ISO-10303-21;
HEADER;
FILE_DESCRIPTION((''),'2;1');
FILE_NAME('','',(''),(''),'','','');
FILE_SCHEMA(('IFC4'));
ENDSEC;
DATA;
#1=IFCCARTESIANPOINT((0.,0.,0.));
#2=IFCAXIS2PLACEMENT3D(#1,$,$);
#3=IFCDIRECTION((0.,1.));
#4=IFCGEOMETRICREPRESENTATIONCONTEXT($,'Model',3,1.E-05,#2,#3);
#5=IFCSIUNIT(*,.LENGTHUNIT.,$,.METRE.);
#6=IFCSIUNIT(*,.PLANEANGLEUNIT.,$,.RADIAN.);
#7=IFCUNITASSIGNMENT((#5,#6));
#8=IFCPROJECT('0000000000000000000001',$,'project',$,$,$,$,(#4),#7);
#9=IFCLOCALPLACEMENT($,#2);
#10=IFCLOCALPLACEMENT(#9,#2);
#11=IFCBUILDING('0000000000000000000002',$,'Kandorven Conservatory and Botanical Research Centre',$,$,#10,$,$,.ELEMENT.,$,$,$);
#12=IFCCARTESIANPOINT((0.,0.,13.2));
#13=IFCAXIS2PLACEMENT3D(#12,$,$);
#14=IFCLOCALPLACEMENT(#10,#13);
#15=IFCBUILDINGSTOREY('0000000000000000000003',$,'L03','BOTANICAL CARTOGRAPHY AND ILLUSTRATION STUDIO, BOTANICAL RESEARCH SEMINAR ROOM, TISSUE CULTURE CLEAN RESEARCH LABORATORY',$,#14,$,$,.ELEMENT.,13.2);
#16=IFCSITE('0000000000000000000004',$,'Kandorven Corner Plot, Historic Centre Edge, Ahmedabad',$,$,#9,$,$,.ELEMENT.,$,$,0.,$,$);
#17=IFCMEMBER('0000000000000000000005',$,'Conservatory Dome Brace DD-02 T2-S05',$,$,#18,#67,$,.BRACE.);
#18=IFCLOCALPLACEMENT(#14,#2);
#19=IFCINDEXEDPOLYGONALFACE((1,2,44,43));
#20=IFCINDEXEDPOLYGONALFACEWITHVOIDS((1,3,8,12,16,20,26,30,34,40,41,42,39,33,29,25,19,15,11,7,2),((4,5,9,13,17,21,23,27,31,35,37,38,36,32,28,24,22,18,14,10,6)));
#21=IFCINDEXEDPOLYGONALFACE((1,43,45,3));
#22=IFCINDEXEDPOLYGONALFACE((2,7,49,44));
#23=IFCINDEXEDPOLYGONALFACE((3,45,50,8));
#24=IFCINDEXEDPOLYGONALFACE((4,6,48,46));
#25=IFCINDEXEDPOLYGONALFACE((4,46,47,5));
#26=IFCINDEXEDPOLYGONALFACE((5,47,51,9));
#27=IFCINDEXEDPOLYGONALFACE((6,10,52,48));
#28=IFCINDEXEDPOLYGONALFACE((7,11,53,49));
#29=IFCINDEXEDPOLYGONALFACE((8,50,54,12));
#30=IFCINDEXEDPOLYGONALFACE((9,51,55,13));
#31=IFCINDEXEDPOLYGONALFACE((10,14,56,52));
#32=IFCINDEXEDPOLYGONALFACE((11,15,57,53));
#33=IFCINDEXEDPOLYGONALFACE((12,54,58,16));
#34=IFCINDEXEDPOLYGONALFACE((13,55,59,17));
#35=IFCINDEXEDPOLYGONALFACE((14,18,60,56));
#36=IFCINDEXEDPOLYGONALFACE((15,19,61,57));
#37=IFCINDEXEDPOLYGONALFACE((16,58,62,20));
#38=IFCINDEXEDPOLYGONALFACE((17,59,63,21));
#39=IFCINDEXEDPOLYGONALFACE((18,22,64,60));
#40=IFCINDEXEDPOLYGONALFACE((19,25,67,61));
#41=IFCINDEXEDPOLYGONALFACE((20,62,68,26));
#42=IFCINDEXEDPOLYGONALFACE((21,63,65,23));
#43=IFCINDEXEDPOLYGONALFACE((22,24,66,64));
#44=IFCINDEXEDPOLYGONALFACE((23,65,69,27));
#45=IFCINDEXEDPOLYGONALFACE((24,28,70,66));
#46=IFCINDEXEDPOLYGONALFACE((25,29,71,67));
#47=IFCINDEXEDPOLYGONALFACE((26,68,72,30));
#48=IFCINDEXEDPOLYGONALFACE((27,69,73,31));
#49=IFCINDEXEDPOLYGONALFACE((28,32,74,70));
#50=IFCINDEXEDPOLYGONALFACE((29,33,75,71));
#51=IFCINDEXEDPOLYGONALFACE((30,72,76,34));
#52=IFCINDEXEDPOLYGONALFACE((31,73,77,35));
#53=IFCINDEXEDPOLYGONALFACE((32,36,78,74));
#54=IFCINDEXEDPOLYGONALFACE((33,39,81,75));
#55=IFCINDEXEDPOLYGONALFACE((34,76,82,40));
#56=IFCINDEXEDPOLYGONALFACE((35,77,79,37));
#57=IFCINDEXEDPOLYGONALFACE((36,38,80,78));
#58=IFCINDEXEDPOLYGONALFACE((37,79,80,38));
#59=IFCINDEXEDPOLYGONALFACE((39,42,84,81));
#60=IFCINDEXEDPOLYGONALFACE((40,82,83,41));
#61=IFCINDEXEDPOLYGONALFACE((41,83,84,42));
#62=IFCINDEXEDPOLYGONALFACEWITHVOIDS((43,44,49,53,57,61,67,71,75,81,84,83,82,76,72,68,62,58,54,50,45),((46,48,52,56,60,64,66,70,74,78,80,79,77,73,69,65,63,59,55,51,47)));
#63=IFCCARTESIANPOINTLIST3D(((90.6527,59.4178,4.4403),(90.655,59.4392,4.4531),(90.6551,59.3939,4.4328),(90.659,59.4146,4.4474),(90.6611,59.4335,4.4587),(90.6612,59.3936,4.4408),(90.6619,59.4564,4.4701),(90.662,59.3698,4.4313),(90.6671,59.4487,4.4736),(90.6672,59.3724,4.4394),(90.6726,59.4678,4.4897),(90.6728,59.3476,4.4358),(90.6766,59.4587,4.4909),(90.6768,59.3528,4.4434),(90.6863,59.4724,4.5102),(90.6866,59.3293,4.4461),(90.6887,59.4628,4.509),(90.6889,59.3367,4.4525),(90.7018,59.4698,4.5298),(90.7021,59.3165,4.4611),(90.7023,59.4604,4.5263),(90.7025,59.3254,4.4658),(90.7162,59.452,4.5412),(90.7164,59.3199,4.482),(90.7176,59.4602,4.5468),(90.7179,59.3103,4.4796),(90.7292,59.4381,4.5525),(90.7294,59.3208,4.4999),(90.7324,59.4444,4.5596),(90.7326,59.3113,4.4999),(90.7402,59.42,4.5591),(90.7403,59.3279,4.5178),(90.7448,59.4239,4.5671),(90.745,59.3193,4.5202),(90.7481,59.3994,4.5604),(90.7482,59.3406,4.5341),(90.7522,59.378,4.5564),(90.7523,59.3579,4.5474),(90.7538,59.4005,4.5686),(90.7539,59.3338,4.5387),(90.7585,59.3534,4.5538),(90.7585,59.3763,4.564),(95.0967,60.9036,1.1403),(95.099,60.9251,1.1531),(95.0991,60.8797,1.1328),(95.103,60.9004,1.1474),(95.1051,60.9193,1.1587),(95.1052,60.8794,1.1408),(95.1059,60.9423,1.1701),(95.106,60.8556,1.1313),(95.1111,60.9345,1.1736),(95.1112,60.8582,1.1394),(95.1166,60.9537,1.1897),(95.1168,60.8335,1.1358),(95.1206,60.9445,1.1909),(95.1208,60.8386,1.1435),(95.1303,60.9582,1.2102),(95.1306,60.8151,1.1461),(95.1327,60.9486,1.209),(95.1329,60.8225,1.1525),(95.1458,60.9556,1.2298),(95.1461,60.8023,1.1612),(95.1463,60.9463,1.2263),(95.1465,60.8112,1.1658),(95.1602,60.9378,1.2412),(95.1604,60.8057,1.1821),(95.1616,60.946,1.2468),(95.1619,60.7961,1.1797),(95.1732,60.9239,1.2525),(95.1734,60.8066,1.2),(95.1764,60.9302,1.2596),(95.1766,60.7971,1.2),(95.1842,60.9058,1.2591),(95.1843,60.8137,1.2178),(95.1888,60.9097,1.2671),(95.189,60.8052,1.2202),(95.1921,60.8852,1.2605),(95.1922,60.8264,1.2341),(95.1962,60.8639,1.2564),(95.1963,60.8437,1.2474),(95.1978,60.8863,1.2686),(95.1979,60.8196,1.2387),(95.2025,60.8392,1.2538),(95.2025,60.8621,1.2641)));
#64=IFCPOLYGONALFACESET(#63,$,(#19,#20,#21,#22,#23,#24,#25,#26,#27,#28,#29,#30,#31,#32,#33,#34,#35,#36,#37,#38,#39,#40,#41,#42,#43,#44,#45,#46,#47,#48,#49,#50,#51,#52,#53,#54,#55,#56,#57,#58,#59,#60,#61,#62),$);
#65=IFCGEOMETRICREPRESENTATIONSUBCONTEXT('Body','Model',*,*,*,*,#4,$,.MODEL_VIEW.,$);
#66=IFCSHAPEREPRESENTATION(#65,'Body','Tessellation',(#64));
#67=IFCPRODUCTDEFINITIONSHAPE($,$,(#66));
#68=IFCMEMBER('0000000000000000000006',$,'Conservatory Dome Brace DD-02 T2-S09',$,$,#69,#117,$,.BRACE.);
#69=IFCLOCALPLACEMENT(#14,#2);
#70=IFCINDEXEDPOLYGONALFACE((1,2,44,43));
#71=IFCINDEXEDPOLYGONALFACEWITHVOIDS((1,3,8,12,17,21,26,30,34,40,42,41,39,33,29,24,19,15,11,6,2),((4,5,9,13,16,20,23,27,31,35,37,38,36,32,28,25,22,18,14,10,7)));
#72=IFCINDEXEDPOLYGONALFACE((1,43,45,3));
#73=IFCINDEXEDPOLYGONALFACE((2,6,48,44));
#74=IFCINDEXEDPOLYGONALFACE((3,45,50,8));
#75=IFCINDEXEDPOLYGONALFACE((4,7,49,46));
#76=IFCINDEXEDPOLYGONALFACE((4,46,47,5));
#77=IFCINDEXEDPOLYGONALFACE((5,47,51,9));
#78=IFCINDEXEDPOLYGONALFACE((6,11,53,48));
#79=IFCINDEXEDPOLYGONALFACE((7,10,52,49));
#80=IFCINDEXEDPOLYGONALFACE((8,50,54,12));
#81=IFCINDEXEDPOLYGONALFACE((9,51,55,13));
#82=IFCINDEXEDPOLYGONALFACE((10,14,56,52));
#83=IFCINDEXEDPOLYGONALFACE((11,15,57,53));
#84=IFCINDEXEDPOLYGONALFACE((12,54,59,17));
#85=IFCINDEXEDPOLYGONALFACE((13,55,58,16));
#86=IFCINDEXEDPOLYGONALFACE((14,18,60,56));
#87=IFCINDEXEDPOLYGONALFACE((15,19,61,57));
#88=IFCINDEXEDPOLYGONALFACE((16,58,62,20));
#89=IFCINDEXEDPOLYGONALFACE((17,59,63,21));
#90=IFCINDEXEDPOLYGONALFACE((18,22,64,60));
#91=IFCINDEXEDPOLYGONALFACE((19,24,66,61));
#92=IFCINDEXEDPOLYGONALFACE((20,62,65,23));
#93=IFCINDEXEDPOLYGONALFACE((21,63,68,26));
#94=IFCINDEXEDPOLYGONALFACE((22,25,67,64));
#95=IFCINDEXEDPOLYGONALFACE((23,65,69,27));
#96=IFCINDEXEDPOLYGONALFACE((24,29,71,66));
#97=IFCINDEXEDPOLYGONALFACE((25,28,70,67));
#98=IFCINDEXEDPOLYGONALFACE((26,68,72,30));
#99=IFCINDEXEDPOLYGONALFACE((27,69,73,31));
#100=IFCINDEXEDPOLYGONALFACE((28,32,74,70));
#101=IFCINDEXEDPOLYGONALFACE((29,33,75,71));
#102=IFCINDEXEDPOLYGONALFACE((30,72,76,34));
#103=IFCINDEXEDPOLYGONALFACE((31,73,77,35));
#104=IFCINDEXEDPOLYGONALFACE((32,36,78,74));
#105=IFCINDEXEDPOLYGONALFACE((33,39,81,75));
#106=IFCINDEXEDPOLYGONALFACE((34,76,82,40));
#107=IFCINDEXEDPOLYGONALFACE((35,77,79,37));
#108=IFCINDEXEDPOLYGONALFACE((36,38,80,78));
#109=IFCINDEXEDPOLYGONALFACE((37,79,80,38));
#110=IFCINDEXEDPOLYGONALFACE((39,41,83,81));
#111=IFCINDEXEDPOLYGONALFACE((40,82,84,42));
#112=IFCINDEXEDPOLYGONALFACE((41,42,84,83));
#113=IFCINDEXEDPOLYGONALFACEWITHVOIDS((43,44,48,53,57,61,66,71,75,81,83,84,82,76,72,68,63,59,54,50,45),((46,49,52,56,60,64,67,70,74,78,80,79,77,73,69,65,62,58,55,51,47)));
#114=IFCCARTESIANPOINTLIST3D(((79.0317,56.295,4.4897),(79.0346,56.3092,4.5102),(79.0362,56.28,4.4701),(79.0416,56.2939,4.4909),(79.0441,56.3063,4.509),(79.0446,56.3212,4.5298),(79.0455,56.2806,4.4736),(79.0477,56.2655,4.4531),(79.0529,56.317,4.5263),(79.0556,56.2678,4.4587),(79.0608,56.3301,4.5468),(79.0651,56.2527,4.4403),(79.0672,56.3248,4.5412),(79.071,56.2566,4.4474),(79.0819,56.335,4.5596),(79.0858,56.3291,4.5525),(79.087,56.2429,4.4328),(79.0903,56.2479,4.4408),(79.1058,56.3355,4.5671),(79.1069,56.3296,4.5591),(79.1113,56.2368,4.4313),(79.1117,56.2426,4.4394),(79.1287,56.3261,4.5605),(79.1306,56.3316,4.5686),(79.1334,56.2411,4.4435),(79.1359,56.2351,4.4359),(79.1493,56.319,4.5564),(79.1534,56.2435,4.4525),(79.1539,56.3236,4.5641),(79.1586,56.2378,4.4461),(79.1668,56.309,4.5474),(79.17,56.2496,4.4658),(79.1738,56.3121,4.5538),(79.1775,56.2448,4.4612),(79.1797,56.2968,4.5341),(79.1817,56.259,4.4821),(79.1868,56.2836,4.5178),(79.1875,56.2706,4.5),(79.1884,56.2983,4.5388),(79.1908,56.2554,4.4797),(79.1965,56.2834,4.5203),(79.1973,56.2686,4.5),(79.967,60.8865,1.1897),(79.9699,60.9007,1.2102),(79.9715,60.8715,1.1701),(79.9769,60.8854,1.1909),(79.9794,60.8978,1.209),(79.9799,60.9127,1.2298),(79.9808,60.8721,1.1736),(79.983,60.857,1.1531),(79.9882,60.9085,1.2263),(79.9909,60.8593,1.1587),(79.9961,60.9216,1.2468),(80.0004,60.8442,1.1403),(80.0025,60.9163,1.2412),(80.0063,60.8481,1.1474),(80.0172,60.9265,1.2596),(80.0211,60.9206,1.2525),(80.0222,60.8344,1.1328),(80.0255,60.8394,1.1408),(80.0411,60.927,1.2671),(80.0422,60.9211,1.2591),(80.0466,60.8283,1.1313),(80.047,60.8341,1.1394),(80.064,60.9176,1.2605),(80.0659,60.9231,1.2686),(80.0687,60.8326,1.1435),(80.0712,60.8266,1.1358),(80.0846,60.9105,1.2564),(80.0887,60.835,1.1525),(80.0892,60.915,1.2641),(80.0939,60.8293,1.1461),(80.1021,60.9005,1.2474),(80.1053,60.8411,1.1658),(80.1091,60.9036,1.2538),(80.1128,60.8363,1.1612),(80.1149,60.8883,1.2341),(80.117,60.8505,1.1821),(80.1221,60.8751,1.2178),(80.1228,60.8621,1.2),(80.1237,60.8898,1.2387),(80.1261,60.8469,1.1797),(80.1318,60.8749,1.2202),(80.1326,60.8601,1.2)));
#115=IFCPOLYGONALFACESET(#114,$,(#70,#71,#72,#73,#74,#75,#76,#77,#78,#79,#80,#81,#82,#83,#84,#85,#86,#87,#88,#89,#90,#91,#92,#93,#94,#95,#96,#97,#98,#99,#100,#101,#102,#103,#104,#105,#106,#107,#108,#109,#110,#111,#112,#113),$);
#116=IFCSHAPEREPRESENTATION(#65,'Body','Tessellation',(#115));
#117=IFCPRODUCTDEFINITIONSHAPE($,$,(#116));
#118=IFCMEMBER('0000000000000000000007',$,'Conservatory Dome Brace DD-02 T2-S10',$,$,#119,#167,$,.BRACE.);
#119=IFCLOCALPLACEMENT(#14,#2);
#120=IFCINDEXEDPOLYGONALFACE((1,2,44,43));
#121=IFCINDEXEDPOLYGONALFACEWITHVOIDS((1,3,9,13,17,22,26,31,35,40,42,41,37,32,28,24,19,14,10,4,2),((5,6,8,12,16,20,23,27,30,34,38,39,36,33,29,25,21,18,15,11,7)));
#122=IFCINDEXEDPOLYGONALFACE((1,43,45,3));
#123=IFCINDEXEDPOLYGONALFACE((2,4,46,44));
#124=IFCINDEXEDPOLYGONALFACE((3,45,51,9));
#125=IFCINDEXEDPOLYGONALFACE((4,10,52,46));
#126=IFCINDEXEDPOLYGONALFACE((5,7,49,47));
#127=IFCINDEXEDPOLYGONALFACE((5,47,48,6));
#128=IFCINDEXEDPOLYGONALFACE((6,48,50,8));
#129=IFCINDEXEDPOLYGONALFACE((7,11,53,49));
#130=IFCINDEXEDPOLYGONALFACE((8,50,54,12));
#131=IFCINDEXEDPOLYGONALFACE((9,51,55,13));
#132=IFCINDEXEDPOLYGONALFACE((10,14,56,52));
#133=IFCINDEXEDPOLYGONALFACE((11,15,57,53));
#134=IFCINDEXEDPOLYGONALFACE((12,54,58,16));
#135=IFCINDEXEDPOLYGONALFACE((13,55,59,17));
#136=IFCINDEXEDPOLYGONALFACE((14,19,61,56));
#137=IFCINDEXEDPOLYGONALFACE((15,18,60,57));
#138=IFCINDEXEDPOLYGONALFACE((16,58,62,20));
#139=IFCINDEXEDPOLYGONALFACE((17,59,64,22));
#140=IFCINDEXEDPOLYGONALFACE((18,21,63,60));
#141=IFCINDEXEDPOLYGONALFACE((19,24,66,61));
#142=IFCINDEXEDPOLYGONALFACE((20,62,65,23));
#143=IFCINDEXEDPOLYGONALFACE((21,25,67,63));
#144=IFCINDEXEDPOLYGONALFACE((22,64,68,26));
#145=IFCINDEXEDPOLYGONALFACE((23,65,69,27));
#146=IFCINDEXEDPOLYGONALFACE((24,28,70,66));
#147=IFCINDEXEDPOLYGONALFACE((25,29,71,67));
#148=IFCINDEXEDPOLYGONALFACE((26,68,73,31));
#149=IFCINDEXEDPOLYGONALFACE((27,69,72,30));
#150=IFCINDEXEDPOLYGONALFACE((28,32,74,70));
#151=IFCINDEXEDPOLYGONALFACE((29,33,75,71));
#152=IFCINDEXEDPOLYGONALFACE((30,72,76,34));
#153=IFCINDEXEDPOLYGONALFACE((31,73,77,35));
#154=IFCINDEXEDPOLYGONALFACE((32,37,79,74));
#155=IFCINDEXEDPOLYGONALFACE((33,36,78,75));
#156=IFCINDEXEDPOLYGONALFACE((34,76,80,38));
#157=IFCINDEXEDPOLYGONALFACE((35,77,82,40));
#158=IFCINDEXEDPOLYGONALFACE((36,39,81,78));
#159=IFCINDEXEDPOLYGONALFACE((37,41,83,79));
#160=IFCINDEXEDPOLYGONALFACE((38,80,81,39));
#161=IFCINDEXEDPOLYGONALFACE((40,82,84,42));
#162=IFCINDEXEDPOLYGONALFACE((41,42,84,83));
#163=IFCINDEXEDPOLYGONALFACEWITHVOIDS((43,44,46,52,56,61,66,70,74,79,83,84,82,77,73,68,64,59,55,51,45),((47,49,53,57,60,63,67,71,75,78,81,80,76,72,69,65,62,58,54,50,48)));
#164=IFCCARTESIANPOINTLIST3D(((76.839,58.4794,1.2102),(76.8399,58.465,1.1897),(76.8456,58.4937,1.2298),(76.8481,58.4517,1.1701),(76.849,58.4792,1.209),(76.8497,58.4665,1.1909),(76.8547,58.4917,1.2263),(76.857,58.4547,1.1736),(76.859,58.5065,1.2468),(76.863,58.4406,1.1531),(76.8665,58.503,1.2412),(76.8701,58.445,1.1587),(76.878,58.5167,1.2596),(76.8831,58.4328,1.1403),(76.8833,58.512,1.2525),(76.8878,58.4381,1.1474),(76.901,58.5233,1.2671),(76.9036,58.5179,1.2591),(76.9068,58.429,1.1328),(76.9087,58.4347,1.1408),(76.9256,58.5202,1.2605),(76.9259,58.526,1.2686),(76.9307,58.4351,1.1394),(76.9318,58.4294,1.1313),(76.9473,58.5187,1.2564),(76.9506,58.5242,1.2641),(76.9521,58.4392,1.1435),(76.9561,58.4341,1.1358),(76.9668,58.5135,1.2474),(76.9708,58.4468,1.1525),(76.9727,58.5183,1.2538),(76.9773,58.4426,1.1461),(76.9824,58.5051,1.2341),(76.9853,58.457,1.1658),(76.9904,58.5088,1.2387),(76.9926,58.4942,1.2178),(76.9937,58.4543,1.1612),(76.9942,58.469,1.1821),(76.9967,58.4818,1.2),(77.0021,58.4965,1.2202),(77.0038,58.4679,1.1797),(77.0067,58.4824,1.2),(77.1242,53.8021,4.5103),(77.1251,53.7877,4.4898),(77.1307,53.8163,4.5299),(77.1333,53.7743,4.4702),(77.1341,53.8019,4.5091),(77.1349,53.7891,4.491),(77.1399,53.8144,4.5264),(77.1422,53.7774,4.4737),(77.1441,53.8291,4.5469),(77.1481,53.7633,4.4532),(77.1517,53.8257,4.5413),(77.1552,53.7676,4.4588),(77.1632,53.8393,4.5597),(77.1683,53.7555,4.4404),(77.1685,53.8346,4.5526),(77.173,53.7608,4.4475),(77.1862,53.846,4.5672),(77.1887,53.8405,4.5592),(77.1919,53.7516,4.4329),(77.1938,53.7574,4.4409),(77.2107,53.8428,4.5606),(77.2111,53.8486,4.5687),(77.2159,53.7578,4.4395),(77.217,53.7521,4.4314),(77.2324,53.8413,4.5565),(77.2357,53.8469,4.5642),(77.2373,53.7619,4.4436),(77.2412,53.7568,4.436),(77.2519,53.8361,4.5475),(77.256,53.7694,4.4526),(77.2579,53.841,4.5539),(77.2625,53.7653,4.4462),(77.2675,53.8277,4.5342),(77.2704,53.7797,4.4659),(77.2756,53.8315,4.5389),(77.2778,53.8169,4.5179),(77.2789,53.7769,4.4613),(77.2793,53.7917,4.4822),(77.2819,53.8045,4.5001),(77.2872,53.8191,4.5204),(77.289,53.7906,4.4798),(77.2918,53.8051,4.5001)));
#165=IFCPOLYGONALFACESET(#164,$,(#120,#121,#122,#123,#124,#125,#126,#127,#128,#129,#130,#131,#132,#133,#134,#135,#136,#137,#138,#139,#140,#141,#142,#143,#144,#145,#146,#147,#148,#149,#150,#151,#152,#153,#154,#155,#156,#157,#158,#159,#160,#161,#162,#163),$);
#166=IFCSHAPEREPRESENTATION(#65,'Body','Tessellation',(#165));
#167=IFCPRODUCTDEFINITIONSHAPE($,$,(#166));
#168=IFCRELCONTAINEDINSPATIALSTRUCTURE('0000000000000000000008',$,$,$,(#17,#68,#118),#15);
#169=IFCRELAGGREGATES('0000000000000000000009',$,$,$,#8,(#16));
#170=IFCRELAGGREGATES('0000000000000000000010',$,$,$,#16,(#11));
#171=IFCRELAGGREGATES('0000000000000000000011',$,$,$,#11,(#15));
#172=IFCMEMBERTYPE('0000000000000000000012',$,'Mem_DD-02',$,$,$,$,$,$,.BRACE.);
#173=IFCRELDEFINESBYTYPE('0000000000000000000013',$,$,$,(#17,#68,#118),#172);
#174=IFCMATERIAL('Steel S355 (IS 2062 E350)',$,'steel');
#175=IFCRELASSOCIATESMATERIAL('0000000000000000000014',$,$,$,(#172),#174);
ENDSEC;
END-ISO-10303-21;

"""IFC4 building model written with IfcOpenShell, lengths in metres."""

from ifc_helpers import new_model, si_unit, direction, frame, origin, origin_2d, place, context, subcontext, project, spatial, hollow_circle, extrude, material, material_profile, profile_set, type_object, element, save


model = new_model("IFC4")

# Units and contexts
model_context = context("Model", 3, precision=1e-05, world=origin(), true_north=direction((0.0, 1.0)))
body_context = subcontext(model_context, "Body", "Model", "MODEL_VIEW")
ifc_project = project(units=[si_unit("LENGTHUNIT", "METRE"), si_unit("PLANEANGLEUNIT", "RADIAN")], contexts=[model_context])

# Site, building, storey
site_placement = place(None, origin())
site = spatial("IfcSite", under=ifc_project, at=site_placement, Name="Kandorven Corner Plot, Historic Centre Edge, Ahmedabad", CompositionType="ELEMENT", RefElevation=0.0)
building_placement = place(site_placement, origin())
building = spatial("IfcBuilding", under=site, at=building_placement, Name="Kandorven Conservatory and Botanical Research Centre", CompositionType="ELEMENT")
storey_placement = place(building_placement, frame((0.0, 0.0, 13.2)))
storey = spatial("IfcBuildingStorey", under=building, at=storey_placement, Name="L03", Description="BOTANICAL CARTOGRAPHY AND ILLUSTRATION STUDIO, BOTANICAL RESEARCH SEMINAR ROOM, TISSUE CULTURE CLEAN RESEARCH LABORATORY", CompositionType="ELEMENT", Elevation=13.2)

# Members
ifc_material_1 = material(Name="Steel S355 (IS 2062 E350)", Category="steel")
ifc_material_profile_1 = material_profile(ifc_material_1, hollow_circle(Radius=0.0842, WallThickness=0.01, at=origin_2d()))
ifc_profile_set_1 = profile_set([ifc_material_profile_1], Name="Steel S355 (IS 2062 E350)")
member_type_1 = type_object("IfcMemberType", Name="Mem_DD-02", PredefinedType="BRACE", material=ifc_profile_set_1)
for number, where, z_axis, x_axis, name in (
    (1, (95.1499, 60.877, 1.2), (-0.775405, -0.259249, 0.575792), (0.317087, -0.948396, 0.0), "Conservatory Dome Brace DD-02 T2-S05"),
    (2, (80.05, 60.877, 1.2), (-0.163193, -0.80114, 0.575797), (0.979877, -0.199602, 0.0), "Conservatory Dome Brace DD-02 T2-S09"),
):
    element("IfcMember", number, at=place(storey_placement, frame(where, z_axis=z_axis, x_axis=x_axis)), inside=storey, type_object=member_type_1, Name=name, PredefinedType="BRACE", context=body_context, shape_type="SweptSolid", body=[
        extrude(hollow_circle(Radius=0.0842, WallThickness=0.01, at=origin_2d()), origin(), (0.0, 0.0, 1.0), 5.7312),
    ])
member_1_placement = place(storey_placement, frame((76.9226, 58.4773, 1.2), z_axis=(0.049754, -0.816082, 0.57579), x_axis=(0.998147, 0.060854, 0.0)))
element("IfcMember", 3, at=member_1_placement, inside=storey, type_object=member_type_1, Name="Conservatory Dome Brace DD-02 T2-S10", PredefinedType="BRACE", context=body_context, shape_type="SweptSolid", body=[
    extrude(hollow_circle(Radius=0.0842, WallThickness=0.01, at=origin_2d()), origin(), (0.0, 0.0, 1.0), 5.7314),
])

save(model, "model.ifc")
